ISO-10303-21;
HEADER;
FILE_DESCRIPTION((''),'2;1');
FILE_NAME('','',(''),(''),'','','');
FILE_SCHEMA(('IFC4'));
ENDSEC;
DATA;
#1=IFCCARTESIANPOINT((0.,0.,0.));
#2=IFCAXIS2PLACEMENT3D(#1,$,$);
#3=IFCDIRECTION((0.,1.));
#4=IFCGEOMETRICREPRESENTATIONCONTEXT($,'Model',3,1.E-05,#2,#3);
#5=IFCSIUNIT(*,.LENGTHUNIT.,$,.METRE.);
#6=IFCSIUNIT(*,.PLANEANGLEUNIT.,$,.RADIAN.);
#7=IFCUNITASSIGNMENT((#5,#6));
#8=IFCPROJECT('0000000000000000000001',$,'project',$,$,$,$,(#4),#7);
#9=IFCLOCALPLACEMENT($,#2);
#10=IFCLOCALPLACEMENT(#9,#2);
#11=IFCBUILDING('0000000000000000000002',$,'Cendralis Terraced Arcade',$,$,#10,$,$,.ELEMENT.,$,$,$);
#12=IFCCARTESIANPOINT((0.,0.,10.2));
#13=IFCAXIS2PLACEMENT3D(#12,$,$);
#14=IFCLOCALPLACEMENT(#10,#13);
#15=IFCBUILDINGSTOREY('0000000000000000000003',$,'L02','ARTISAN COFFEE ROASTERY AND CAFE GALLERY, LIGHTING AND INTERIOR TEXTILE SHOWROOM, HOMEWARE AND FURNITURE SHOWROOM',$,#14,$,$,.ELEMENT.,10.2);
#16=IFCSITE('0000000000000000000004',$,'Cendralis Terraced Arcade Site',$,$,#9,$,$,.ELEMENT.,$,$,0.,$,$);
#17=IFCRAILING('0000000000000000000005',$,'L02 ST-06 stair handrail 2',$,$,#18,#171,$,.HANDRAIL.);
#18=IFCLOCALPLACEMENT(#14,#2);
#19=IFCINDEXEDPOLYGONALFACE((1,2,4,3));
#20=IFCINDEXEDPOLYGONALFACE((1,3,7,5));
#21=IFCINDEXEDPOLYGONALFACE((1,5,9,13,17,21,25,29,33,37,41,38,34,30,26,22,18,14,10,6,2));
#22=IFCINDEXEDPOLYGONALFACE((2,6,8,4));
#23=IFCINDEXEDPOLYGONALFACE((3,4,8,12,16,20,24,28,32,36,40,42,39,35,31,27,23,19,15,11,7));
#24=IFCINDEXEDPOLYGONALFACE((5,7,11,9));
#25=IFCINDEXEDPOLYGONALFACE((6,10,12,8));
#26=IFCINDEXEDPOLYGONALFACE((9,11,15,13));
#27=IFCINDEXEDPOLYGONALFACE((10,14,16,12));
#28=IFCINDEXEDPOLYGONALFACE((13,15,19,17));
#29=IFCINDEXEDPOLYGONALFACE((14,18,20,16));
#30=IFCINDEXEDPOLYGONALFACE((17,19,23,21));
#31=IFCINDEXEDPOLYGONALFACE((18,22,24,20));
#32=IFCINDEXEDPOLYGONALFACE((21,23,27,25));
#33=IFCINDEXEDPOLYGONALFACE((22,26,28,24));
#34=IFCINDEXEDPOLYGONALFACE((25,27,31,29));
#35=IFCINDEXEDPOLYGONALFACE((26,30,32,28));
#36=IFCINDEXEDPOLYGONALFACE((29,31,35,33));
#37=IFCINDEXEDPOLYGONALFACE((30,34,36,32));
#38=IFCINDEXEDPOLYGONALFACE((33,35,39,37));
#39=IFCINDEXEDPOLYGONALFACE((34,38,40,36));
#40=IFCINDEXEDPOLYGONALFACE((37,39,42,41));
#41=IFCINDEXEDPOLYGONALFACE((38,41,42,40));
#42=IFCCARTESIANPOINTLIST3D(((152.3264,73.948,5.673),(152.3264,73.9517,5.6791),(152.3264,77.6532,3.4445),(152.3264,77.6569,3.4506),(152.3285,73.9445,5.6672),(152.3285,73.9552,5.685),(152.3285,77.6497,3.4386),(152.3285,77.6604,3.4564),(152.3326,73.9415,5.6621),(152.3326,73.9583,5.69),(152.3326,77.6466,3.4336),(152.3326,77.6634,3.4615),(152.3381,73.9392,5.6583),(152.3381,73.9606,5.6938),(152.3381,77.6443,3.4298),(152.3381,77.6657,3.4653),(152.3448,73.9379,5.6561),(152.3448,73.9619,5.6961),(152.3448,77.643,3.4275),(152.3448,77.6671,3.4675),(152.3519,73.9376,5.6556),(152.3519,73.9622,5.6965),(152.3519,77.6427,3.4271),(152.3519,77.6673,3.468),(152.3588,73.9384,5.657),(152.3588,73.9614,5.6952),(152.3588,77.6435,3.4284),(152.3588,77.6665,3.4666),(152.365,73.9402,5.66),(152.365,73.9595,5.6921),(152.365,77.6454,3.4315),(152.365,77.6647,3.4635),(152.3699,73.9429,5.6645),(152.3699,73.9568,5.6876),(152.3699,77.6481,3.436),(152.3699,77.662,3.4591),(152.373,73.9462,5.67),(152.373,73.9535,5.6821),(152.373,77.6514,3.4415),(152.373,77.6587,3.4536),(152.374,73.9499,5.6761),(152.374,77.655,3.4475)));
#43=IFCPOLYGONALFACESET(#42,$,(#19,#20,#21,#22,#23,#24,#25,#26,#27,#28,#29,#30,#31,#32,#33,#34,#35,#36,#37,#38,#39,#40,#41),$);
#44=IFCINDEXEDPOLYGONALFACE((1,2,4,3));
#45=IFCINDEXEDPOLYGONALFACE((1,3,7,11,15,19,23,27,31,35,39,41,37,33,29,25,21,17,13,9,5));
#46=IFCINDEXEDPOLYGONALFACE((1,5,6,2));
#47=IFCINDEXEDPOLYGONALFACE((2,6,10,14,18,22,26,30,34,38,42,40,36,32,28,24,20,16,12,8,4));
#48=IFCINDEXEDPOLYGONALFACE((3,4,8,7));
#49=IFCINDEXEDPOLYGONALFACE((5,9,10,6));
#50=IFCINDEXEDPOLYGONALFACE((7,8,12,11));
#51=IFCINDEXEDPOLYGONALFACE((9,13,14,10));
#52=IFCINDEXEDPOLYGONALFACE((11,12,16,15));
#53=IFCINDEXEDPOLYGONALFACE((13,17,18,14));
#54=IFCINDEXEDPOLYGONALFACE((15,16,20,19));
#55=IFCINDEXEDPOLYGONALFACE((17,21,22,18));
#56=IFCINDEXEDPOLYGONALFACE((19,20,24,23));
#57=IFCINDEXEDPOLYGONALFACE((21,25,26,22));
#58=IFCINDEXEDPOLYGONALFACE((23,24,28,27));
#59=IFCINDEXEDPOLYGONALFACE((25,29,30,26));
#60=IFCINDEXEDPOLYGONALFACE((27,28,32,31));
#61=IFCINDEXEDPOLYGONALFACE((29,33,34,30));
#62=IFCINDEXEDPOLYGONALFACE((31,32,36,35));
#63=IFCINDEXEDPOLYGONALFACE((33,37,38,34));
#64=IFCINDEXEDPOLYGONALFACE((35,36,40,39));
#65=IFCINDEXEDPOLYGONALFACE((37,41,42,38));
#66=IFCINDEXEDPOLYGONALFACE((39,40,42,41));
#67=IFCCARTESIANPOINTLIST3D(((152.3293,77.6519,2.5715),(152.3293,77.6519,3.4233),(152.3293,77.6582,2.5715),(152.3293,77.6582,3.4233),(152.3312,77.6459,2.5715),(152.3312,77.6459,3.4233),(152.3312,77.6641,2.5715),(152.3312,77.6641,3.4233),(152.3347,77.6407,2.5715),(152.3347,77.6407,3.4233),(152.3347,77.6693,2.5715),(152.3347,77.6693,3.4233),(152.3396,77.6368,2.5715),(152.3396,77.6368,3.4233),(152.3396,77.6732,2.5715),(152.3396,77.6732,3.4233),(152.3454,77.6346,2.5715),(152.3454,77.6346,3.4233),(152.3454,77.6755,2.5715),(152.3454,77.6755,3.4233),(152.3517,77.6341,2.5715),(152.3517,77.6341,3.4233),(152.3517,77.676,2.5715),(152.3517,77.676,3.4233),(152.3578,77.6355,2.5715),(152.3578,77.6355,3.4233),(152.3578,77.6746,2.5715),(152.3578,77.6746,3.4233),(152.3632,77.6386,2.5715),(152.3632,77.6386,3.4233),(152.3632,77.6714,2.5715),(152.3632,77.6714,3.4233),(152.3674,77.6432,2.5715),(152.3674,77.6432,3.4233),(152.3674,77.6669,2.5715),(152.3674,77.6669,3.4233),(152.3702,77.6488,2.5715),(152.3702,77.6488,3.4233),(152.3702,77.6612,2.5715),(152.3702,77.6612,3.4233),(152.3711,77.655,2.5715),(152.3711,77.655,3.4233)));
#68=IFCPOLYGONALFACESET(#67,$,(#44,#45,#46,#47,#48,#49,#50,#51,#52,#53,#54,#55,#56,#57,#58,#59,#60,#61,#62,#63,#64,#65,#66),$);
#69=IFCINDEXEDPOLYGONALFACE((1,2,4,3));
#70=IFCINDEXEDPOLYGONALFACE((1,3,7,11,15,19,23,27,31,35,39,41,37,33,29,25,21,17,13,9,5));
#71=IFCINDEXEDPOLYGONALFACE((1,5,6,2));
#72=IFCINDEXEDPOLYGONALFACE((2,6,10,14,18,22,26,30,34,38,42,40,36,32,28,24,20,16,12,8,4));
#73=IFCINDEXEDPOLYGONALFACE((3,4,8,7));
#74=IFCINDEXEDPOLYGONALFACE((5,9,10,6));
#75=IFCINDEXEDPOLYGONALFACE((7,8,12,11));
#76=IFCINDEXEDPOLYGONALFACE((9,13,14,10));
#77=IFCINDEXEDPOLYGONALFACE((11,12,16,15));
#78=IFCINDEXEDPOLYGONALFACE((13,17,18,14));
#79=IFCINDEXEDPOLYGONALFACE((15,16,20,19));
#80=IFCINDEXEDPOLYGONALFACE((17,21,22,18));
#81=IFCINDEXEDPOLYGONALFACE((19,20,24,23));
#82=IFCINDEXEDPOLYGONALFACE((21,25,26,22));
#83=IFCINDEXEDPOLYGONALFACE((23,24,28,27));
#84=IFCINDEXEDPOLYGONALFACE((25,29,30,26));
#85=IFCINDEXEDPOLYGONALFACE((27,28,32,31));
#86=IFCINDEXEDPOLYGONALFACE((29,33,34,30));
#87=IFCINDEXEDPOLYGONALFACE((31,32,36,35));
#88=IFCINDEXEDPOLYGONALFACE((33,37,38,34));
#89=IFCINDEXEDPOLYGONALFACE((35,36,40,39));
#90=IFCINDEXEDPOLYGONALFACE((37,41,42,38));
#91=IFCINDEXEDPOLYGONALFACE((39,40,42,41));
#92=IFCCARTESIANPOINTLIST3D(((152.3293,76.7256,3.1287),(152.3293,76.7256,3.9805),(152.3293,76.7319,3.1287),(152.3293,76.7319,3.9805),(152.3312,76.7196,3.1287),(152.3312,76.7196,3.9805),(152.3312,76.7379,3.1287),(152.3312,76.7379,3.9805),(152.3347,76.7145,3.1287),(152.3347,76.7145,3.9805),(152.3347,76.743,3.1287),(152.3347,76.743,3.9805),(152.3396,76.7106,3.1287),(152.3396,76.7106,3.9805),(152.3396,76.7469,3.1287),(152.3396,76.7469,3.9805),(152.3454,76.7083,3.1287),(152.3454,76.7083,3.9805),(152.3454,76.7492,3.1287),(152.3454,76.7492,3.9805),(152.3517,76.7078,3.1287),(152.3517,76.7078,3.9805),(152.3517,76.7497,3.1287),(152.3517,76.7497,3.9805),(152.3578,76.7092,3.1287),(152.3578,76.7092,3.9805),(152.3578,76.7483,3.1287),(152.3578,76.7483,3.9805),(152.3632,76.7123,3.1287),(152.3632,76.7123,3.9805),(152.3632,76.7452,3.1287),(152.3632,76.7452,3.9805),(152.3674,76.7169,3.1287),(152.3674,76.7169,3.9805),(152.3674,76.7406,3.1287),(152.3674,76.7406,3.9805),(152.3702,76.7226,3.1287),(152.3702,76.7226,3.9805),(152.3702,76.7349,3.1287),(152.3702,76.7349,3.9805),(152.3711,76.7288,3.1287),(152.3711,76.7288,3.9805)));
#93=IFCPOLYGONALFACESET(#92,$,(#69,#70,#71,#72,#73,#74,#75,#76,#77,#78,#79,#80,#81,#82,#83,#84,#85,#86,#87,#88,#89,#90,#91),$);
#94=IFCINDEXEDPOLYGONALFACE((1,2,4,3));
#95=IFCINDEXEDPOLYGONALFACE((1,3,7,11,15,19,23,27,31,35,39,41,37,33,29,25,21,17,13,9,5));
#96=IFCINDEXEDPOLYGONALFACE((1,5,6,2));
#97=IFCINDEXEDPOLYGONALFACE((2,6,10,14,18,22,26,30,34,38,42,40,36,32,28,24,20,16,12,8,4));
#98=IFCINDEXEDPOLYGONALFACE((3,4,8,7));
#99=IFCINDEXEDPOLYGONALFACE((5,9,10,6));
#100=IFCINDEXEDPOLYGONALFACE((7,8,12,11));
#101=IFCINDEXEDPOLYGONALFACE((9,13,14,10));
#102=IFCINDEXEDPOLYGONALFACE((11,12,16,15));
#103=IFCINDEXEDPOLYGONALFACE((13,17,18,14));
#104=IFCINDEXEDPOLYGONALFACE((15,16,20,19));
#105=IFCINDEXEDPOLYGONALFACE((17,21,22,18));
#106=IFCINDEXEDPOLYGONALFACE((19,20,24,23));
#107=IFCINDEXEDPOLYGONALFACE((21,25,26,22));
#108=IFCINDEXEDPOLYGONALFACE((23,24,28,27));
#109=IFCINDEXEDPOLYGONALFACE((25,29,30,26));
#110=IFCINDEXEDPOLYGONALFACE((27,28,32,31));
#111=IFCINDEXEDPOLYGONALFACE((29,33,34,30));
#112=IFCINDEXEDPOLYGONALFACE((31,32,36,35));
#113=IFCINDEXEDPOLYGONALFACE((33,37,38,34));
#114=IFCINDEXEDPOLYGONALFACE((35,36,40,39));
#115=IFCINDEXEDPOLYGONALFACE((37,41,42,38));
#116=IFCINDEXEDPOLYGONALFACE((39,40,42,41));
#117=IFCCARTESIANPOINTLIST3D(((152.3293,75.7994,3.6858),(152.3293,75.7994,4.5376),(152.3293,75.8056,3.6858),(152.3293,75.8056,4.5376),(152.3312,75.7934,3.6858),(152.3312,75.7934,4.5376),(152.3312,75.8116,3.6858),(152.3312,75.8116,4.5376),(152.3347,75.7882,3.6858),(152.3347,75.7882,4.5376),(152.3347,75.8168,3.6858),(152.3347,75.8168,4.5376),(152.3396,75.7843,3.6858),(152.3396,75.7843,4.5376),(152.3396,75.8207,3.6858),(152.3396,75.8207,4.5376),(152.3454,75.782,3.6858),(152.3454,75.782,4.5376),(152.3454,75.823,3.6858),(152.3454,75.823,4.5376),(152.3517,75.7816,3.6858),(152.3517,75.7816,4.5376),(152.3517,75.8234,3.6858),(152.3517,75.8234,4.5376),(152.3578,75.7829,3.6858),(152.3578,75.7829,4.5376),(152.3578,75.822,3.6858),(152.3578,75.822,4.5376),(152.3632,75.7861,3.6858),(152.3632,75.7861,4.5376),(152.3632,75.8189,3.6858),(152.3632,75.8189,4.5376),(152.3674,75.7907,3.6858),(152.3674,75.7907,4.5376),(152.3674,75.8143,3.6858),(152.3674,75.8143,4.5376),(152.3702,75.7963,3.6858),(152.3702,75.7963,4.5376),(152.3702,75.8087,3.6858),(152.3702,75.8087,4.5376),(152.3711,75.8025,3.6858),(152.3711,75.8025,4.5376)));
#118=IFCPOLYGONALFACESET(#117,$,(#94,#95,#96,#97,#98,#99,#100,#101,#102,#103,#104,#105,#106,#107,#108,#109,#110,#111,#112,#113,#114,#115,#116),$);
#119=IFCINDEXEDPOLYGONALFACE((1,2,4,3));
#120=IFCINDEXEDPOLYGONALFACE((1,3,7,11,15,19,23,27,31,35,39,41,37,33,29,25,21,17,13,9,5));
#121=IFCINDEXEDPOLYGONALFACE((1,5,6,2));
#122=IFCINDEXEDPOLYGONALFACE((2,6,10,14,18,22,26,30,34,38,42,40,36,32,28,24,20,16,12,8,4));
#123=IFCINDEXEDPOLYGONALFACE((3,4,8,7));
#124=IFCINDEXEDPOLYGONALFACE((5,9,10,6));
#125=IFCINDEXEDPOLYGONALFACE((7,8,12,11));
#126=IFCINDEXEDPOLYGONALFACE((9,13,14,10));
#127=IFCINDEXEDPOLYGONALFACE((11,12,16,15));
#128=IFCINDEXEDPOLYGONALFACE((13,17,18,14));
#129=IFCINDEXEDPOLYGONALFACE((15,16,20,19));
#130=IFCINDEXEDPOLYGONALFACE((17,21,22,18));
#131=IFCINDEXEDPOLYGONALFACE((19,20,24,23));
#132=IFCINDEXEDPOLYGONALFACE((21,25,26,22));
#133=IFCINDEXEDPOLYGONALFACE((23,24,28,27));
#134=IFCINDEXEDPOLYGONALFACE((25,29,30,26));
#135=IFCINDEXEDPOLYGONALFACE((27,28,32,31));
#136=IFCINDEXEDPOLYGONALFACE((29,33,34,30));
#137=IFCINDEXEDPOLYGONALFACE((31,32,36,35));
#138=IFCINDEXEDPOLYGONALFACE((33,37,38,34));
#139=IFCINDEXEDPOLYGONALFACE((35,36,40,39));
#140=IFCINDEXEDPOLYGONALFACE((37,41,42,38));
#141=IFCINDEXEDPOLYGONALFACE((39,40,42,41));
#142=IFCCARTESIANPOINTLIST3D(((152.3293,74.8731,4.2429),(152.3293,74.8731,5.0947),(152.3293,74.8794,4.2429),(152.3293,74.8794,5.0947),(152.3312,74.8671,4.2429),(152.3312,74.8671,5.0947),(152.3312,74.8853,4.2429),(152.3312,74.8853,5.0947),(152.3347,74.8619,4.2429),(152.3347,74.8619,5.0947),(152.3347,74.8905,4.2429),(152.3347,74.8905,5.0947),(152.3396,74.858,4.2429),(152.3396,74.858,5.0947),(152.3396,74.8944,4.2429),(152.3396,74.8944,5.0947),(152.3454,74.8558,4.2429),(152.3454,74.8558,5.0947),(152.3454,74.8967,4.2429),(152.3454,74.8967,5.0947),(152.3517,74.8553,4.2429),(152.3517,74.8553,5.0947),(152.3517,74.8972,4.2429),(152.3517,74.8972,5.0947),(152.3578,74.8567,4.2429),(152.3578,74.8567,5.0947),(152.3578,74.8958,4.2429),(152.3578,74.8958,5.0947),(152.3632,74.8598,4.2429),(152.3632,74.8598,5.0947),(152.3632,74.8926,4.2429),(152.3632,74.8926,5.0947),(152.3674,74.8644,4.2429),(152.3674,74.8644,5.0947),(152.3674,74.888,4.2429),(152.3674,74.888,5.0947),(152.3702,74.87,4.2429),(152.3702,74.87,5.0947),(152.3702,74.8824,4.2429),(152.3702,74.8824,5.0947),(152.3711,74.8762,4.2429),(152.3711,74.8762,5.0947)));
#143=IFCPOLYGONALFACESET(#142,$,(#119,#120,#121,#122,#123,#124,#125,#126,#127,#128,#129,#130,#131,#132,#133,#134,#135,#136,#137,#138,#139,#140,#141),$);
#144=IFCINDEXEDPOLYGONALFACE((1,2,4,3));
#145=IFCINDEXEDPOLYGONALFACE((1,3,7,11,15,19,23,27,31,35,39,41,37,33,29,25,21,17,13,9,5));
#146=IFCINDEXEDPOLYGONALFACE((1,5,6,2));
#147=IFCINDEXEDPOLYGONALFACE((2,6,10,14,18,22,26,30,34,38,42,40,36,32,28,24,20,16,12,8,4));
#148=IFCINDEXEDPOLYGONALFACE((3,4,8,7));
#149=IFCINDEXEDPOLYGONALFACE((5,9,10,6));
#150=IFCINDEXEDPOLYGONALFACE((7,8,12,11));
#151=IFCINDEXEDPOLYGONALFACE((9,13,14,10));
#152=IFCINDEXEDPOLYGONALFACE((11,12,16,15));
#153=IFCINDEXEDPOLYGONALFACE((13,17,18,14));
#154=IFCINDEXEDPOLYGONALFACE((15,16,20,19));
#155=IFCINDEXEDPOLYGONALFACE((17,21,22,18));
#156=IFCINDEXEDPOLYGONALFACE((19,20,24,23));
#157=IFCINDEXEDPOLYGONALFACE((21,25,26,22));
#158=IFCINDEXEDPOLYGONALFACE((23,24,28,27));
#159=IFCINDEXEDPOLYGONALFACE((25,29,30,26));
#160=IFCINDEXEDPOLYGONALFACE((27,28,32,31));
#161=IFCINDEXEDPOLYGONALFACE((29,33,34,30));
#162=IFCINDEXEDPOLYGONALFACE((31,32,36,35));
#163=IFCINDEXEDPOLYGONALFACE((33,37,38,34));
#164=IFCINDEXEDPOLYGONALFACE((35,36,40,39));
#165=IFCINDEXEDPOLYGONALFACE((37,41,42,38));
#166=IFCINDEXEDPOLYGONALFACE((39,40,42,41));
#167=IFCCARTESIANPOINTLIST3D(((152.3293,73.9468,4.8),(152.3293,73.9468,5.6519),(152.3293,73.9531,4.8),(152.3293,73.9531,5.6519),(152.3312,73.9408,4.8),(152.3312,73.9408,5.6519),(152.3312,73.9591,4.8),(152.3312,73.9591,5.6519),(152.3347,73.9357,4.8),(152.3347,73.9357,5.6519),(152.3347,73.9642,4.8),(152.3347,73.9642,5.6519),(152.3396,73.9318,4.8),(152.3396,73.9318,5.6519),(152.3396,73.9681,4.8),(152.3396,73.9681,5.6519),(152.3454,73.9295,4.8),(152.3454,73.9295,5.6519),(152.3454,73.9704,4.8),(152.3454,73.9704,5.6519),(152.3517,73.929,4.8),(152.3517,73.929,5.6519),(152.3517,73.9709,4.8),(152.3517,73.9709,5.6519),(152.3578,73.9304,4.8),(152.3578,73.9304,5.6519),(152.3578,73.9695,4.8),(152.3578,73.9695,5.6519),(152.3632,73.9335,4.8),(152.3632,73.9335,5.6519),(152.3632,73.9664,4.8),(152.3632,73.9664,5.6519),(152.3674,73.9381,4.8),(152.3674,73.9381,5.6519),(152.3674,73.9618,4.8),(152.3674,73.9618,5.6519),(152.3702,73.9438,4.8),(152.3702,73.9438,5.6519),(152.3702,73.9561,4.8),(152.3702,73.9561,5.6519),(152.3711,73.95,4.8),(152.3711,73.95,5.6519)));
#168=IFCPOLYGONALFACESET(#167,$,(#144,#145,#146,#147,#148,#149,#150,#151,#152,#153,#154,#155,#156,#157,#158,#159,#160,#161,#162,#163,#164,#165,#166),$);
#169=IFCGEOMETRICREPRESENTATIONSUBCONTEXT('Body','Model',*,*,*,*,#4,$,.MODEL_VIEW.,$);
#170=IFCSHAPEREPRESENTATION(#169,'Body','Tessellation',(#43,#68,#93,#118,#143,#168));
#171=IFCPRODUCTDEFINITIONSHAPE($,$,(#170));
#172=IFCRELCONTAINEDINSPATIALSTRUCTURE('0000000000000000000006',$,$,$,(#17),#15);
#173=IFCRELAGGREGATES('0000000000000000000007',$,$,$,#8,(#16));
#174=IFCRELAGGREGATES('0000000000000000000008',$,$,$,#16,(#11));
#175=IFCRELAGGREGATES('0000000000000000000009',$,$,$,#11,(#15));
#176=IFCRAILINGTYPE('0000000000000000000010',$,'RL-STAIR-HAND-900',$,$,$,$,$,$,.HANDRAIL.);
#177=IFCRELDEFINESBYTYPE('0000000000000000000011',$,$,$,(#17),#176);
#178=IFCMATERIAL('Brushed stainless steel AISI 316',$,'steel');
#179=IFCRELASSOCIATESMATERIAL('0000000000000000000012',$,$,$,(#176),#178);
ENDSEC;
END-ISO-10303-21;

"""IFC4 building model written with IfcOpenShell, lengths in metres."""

from ifc_helpers import new_model, si_unit, direction, frame, origin, origin_2d, place, context, subcontext, project, spatial, circle, extrude, material, type_object, element, save


model = new_model("IFC4")

# Units and contexts
model_context = context("Model", 3, precision=1e-05, world=origin(), true_north=direction((0.0, 1.0)))
body_context = subcontext(model_context, "Body", "Model", "MODEL_VIEW")
ifc_project = project(units=[si_unit("LENGTHUNIT", "METRE"), si_unit("PLANEANGLEUNIT", "RADIAN")], contexts=[model_context])

# Site, building, storey
site_placement = place(None, origin())
site = spatial("IfcSite", under=ifc_project, at=site_placement, Name="Cendralis Terraced Arcade Site", CompositionType="ELEMENT", RefElevation=0.0)
building_placement = place(site_placement, origin())
building = spatial("IfcBuilding", under=site, at=building_placement, Name="Cendralis Terraced Arcade", CompositionType="ELEMENT")
storey_placement = place(building_placement, frame((0.0, 0.0, 10.2)))
storey = spatial("IfcBuildingStorey", under=building, at=storey_placement, Name="L02", Description="ARTISAN COFFEE ROASTERY AND CAFE GALLERY, LIGHTING AND INTERIOR TEXTILE SHOWROOM, HOMEWARE AND FURNITURE SHOWROOM", CompositionType="ELEMENT", Elevation=10.2)

# Railing
ifc_material_1 = material(Name="Brushed stainless steel AISI 316", Category="steel")
railing_type_1 = type_object("IfcRailingType", Name="RL-STAIR-HAND-900", PredefinedType="HANDRAIL", material=ifc_material_1)
railing_1_placement = place(storey_placement, frame((152.3501, 77.655, 2.5715)))
element("IfcRailing", 1, at=railing_1_placement, inside=storey, type_object=railing_type_1, Name="L02 ST-06 stair handrail 2", PredefinedType="HANDRAIL", context=body_context, shape_type="SweptSolid", body=[
    extrude(circle(Radius=0.0239, at=origin_2d()), frame((0.0, 0.0, 0.876), z_axis=(0.0, -0.856934, 0.515425), x_axis=(1.0, 0.0, 0.0)), (0.0, 0.0, 1.0), 4.3237),
    extrude(circle(Radius=0.021, at=origin_2d()), origin(), (0.0, 0.0, 1.0), 0.8518),
    extrude(circle(Radius=0.021, at=origin_2d()), frame((0.0, -0.9263, 0.5571)), (0.0, 0.0, 1.0), 0.8518),
    extrude(circle(Radius=0.021, at=origin_2d()), frame((0.0, -1.8525, 1.1143)), (0.0, 0.0, 1.0), 0.8518),
    extrude(circle(Radius=0.021, at=origin_2d()), frame((0.0, -2.7788, 1.6714)), (0.0, 0.0, 1.0), 0.8518),
    extrude(circle(Radius=0.021, at=origin_2d()), frame((0.0, -3.7051, 2.2285)), (0.0, 0.0, 1.0), 0.8518),
])

save(model, "model.ifc")
